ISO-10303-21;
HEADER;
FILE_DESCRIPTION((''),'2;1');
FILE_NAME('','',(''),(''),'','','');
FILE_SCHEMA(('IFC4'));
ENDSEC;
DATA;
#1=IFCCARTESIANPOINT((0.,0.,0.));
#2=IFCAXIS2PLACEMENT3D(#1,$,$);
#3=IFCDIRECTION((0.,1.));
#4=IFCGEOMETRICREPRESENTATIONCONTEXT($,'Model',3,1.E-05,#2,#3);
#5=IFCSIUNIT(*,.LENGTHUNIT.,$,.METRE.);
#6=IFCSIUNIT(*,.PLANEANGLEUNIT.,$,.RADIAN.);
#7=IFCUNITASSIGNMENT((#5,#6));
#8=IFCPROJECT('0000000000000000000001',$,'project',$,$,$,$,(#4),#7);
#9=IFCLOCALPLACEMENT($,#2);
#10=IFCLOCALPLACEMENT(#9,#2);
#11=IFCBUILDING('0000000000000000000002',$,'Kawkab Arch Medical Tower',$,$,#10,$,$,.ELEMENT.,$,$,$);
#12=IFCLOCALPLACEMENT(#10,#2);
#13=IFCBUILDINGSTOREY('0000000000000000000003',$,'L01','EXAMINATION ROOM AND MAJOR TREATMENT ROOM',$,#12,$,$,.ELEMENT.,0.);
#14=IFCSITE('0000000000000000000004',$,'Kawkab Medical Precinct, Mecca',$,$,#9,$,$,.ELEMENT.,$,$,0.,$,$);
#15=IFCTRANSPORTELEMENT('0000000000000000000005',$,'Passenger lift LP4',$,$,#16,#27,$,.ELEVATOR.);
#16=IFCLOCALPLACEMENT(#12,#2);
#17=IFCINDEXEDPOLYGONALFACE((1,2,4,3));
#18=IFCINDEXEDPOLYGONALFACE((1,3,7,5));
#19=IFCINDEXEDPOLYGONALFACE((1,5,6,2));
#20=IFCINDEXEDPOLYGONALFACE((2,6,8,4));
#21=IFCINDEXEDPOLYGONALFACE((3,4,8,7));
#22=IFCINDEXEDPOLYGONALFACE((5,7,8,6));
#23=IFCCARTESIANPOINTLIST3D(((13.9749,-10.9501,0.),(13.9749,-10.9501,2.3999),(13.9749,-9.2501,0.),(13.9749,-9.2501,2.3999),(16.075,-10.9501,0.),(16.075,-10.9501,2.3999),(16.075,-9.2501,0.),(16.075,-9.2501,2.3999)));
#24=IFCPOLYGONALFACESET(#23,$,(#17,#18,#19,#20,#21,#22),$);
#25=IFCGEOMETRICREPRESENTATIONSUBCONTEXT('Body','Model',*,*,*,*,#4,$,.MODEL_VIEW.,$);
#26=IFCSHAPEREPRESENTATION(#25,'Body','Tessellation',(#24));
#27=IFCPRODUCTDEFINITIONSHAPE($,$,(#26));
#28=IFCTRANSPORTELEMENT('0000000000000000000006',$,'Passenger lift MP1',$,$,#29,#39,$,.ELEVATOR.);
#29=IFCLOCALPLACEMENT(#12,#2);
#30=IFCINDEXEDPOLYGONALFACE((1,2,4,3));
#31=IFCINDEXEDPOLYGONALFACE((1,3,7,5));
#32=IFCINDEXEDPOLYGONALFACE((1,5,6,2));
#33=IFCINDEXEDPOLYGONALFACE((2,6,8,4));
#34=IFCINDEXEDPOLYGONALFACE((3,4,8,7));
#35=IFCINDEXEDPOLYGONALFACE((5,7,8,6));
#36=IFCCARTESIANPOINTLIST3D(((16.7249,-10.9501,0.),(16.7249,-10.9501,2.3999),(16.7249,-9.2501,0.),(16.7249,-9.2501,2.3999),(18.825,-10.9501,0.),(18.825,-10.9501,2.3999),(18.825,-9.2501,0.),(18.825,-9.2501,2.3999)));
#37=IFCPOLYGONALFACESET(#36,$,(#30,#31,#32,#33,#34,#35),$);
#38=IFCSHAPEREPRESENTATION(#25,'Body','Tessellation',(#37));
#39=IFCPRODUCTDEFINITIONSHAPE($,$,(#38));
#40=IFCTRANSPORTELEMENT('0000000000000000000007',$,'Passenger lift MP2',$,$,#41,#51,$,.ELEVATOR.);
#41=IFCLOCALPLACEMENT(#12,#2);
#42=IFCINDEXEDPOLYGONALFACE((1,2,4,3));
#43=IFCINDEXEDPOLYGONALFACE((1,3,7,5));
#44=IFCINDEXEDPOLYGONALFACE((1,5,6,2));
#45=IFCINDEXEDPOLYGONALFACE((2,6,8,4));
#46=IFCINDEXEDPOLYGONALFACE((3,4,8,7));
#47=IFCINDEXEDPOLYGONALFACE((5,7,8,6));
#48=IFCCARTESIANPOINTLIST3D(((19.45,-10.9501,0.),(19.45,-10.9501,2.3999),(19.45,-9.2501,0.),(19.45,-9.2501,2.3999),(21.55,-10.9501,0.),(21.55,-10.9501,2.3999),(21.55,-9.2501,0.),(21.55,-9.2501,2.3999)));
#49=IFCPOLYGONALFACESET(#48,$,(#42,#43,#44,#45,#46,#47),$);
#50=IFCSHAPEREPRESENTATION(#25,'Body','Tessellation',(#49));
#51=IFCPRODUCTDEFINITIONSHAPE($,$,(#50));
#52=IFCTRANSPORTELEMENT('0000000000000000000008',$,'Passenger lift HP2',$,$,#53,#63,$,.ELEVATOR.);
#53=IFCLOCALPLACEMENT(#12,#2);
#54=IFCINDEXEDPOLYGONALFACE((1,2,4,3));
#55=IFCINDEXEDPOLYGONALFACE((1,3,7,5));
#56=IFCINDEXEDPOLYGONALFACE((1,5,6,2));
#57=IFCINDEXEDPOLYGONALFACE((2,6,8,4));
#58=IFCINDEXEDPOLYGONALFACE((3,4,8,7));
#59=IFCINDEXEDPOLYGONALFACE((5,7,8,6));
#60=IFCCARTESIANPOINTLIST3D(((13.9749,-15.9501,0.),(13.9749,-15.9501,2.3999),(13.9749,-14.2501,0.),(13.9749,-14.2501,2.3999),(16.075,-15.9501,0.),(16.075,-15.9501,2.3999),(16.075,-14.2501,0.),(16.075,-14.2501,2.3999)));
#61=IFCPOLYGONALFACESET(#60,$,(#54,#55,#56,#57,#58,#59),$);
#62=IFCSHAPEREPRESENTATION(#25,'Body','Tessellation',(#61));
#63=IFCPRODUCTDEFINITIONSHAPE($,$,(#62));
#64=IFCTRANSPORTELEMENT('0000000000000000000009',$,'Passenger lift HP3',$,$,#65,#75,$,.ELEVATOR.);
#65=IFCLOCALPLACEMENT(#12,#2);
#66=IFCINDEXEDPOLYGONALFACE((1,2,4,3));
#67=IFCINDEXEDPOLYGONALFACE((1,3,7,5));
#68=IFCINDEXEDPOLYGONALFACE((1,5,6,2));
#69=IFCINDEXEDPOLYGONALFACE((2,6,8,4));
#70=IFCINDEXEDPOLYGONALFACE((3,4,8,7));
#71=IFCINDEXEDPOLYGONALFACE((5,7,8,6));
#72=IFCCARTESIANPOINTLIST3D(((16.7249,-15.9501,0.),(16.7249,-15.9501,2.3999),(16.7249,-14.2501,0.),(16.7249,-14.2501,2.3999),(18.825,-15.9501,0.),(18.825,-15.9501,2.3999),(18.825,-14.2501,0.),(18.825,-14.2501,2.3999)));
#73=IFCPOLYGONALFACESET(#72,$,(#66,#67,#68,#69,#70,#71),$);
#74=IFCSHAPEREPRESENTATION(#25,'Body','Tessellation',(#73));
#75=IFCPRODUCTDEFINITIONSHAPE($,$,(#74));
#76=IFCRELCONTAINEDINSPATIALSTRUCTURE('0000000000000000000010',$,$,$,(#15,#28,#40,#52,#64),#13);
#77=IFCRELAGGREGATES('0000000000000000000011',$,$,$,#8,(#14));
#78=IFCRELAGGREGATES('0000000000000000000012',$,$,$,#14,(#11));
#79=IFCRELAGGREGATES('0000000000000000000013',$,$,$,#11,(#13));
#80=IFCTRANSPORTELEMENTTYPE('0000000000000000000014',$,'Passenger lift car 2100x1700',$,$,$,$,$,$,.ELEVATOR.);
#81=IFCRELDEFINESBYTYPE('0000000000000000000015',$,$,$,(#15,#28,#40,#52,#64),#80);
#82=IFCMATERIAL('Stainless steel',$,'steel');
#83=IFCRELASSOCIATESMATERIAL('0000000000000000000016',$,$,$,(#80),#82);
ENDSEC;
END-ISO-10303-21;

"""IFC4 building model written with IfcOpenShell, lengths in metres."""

from ifc_helpers import new_model, si_unit, direction, frame, origin, origin_2d, place, context, subcontext, project, spatial, rectangle, extrude, material, type_object, element, save


model = new_model("IFC4")

# Units and contexts
model_context = context("Model", 3, precision=1e-05, world=origin(), true_north=direction((0.0, 1.0)))
body_context = subcontext(model_context, "Body", "Model", "MODEL_VIEW")
ifc_project = project(units=[si_unit("LENGTHUNIT", "METRE"), si_unit("PLANEANGLEUNIT", "RADIAN")], contexts=[model_context])

# Site, building, storey
site_placement = place(None, origin())
site = spatial("IfcSite", under=ifc_project, at=site_placement, Name="Kawkab Medical Precinct, Mecca", CompositionType="ELEMENT", RefElevation=0.0)
building_placement = place(site_placement, origin())
building = spatial("IfcBuilding", under=site, at=building_placement, Name="Kawkab Arch Medical Tower", CompositionType="ELEMENT")
storey_placement = place(building_placement, origin())
storey = spatial("IfcBuildingStorey", under=building, at=storey_placement, Name="L01", Description="EXAMINATION ROOM AND MAJOR TREATMENT ROOM", CompositionType="ELEMENT", Elevation=0.0)

# Transport elements
ifc_material_1 = material(Name="Stainless steel", Category="steel")
transport_element_type = type_object("IfcTransportElementType", Name="Passenger lift car 2100x1700", PredefinedType="ELEVATOR", material=ifc_material_1)
for number, where, z_axis, x_axis, name in (
    (1, (15.0249, -10.1001, 0.0), (0.0, 0.0, 1.0), (1.0, 0.0, 0.0), "Passenger lift LP4"),
    (2, (17.7749, -10.1001, 0.0), (0.0, 0.0, 1.0), (1.0, 0.0, 0.0), "Passenger lift MP1"),
    (3, (20.5, -10.1001, 0.0), (0.0, 0.0, 1.0), (1.0, 0.0, 0.0), "Passenger lift MP2"),
    (4, (15.0249, -15.1001, 0.0), (0.0, 0.0, 1.0), (1.0, 0.0, 0.0), "Passenger lift HP2"),
    (5, (17.7749, -15.1001, 0.0), (0.0, 0.0, 1.0), (1.0, 0.0, 0.0), "Passenger lift HP3"),
):
    element("IfcTransportElement", number, at=place(storey_placement, frame(where, z_axis=z_axis, x_axis=x_axis)), inside=storey, type_object=transport_element_type, Name=name, PredefinedType="ELEVATOR", context=body_context, shape_type="SweptSolid", body=[
        extrude(rectangle(XDim=2.1001, YDim=1.7, at=origin_2d()), origin(), (0.0, 0.0, 1.0), 2.3999),
    ])

save(model, "model.ifc")
